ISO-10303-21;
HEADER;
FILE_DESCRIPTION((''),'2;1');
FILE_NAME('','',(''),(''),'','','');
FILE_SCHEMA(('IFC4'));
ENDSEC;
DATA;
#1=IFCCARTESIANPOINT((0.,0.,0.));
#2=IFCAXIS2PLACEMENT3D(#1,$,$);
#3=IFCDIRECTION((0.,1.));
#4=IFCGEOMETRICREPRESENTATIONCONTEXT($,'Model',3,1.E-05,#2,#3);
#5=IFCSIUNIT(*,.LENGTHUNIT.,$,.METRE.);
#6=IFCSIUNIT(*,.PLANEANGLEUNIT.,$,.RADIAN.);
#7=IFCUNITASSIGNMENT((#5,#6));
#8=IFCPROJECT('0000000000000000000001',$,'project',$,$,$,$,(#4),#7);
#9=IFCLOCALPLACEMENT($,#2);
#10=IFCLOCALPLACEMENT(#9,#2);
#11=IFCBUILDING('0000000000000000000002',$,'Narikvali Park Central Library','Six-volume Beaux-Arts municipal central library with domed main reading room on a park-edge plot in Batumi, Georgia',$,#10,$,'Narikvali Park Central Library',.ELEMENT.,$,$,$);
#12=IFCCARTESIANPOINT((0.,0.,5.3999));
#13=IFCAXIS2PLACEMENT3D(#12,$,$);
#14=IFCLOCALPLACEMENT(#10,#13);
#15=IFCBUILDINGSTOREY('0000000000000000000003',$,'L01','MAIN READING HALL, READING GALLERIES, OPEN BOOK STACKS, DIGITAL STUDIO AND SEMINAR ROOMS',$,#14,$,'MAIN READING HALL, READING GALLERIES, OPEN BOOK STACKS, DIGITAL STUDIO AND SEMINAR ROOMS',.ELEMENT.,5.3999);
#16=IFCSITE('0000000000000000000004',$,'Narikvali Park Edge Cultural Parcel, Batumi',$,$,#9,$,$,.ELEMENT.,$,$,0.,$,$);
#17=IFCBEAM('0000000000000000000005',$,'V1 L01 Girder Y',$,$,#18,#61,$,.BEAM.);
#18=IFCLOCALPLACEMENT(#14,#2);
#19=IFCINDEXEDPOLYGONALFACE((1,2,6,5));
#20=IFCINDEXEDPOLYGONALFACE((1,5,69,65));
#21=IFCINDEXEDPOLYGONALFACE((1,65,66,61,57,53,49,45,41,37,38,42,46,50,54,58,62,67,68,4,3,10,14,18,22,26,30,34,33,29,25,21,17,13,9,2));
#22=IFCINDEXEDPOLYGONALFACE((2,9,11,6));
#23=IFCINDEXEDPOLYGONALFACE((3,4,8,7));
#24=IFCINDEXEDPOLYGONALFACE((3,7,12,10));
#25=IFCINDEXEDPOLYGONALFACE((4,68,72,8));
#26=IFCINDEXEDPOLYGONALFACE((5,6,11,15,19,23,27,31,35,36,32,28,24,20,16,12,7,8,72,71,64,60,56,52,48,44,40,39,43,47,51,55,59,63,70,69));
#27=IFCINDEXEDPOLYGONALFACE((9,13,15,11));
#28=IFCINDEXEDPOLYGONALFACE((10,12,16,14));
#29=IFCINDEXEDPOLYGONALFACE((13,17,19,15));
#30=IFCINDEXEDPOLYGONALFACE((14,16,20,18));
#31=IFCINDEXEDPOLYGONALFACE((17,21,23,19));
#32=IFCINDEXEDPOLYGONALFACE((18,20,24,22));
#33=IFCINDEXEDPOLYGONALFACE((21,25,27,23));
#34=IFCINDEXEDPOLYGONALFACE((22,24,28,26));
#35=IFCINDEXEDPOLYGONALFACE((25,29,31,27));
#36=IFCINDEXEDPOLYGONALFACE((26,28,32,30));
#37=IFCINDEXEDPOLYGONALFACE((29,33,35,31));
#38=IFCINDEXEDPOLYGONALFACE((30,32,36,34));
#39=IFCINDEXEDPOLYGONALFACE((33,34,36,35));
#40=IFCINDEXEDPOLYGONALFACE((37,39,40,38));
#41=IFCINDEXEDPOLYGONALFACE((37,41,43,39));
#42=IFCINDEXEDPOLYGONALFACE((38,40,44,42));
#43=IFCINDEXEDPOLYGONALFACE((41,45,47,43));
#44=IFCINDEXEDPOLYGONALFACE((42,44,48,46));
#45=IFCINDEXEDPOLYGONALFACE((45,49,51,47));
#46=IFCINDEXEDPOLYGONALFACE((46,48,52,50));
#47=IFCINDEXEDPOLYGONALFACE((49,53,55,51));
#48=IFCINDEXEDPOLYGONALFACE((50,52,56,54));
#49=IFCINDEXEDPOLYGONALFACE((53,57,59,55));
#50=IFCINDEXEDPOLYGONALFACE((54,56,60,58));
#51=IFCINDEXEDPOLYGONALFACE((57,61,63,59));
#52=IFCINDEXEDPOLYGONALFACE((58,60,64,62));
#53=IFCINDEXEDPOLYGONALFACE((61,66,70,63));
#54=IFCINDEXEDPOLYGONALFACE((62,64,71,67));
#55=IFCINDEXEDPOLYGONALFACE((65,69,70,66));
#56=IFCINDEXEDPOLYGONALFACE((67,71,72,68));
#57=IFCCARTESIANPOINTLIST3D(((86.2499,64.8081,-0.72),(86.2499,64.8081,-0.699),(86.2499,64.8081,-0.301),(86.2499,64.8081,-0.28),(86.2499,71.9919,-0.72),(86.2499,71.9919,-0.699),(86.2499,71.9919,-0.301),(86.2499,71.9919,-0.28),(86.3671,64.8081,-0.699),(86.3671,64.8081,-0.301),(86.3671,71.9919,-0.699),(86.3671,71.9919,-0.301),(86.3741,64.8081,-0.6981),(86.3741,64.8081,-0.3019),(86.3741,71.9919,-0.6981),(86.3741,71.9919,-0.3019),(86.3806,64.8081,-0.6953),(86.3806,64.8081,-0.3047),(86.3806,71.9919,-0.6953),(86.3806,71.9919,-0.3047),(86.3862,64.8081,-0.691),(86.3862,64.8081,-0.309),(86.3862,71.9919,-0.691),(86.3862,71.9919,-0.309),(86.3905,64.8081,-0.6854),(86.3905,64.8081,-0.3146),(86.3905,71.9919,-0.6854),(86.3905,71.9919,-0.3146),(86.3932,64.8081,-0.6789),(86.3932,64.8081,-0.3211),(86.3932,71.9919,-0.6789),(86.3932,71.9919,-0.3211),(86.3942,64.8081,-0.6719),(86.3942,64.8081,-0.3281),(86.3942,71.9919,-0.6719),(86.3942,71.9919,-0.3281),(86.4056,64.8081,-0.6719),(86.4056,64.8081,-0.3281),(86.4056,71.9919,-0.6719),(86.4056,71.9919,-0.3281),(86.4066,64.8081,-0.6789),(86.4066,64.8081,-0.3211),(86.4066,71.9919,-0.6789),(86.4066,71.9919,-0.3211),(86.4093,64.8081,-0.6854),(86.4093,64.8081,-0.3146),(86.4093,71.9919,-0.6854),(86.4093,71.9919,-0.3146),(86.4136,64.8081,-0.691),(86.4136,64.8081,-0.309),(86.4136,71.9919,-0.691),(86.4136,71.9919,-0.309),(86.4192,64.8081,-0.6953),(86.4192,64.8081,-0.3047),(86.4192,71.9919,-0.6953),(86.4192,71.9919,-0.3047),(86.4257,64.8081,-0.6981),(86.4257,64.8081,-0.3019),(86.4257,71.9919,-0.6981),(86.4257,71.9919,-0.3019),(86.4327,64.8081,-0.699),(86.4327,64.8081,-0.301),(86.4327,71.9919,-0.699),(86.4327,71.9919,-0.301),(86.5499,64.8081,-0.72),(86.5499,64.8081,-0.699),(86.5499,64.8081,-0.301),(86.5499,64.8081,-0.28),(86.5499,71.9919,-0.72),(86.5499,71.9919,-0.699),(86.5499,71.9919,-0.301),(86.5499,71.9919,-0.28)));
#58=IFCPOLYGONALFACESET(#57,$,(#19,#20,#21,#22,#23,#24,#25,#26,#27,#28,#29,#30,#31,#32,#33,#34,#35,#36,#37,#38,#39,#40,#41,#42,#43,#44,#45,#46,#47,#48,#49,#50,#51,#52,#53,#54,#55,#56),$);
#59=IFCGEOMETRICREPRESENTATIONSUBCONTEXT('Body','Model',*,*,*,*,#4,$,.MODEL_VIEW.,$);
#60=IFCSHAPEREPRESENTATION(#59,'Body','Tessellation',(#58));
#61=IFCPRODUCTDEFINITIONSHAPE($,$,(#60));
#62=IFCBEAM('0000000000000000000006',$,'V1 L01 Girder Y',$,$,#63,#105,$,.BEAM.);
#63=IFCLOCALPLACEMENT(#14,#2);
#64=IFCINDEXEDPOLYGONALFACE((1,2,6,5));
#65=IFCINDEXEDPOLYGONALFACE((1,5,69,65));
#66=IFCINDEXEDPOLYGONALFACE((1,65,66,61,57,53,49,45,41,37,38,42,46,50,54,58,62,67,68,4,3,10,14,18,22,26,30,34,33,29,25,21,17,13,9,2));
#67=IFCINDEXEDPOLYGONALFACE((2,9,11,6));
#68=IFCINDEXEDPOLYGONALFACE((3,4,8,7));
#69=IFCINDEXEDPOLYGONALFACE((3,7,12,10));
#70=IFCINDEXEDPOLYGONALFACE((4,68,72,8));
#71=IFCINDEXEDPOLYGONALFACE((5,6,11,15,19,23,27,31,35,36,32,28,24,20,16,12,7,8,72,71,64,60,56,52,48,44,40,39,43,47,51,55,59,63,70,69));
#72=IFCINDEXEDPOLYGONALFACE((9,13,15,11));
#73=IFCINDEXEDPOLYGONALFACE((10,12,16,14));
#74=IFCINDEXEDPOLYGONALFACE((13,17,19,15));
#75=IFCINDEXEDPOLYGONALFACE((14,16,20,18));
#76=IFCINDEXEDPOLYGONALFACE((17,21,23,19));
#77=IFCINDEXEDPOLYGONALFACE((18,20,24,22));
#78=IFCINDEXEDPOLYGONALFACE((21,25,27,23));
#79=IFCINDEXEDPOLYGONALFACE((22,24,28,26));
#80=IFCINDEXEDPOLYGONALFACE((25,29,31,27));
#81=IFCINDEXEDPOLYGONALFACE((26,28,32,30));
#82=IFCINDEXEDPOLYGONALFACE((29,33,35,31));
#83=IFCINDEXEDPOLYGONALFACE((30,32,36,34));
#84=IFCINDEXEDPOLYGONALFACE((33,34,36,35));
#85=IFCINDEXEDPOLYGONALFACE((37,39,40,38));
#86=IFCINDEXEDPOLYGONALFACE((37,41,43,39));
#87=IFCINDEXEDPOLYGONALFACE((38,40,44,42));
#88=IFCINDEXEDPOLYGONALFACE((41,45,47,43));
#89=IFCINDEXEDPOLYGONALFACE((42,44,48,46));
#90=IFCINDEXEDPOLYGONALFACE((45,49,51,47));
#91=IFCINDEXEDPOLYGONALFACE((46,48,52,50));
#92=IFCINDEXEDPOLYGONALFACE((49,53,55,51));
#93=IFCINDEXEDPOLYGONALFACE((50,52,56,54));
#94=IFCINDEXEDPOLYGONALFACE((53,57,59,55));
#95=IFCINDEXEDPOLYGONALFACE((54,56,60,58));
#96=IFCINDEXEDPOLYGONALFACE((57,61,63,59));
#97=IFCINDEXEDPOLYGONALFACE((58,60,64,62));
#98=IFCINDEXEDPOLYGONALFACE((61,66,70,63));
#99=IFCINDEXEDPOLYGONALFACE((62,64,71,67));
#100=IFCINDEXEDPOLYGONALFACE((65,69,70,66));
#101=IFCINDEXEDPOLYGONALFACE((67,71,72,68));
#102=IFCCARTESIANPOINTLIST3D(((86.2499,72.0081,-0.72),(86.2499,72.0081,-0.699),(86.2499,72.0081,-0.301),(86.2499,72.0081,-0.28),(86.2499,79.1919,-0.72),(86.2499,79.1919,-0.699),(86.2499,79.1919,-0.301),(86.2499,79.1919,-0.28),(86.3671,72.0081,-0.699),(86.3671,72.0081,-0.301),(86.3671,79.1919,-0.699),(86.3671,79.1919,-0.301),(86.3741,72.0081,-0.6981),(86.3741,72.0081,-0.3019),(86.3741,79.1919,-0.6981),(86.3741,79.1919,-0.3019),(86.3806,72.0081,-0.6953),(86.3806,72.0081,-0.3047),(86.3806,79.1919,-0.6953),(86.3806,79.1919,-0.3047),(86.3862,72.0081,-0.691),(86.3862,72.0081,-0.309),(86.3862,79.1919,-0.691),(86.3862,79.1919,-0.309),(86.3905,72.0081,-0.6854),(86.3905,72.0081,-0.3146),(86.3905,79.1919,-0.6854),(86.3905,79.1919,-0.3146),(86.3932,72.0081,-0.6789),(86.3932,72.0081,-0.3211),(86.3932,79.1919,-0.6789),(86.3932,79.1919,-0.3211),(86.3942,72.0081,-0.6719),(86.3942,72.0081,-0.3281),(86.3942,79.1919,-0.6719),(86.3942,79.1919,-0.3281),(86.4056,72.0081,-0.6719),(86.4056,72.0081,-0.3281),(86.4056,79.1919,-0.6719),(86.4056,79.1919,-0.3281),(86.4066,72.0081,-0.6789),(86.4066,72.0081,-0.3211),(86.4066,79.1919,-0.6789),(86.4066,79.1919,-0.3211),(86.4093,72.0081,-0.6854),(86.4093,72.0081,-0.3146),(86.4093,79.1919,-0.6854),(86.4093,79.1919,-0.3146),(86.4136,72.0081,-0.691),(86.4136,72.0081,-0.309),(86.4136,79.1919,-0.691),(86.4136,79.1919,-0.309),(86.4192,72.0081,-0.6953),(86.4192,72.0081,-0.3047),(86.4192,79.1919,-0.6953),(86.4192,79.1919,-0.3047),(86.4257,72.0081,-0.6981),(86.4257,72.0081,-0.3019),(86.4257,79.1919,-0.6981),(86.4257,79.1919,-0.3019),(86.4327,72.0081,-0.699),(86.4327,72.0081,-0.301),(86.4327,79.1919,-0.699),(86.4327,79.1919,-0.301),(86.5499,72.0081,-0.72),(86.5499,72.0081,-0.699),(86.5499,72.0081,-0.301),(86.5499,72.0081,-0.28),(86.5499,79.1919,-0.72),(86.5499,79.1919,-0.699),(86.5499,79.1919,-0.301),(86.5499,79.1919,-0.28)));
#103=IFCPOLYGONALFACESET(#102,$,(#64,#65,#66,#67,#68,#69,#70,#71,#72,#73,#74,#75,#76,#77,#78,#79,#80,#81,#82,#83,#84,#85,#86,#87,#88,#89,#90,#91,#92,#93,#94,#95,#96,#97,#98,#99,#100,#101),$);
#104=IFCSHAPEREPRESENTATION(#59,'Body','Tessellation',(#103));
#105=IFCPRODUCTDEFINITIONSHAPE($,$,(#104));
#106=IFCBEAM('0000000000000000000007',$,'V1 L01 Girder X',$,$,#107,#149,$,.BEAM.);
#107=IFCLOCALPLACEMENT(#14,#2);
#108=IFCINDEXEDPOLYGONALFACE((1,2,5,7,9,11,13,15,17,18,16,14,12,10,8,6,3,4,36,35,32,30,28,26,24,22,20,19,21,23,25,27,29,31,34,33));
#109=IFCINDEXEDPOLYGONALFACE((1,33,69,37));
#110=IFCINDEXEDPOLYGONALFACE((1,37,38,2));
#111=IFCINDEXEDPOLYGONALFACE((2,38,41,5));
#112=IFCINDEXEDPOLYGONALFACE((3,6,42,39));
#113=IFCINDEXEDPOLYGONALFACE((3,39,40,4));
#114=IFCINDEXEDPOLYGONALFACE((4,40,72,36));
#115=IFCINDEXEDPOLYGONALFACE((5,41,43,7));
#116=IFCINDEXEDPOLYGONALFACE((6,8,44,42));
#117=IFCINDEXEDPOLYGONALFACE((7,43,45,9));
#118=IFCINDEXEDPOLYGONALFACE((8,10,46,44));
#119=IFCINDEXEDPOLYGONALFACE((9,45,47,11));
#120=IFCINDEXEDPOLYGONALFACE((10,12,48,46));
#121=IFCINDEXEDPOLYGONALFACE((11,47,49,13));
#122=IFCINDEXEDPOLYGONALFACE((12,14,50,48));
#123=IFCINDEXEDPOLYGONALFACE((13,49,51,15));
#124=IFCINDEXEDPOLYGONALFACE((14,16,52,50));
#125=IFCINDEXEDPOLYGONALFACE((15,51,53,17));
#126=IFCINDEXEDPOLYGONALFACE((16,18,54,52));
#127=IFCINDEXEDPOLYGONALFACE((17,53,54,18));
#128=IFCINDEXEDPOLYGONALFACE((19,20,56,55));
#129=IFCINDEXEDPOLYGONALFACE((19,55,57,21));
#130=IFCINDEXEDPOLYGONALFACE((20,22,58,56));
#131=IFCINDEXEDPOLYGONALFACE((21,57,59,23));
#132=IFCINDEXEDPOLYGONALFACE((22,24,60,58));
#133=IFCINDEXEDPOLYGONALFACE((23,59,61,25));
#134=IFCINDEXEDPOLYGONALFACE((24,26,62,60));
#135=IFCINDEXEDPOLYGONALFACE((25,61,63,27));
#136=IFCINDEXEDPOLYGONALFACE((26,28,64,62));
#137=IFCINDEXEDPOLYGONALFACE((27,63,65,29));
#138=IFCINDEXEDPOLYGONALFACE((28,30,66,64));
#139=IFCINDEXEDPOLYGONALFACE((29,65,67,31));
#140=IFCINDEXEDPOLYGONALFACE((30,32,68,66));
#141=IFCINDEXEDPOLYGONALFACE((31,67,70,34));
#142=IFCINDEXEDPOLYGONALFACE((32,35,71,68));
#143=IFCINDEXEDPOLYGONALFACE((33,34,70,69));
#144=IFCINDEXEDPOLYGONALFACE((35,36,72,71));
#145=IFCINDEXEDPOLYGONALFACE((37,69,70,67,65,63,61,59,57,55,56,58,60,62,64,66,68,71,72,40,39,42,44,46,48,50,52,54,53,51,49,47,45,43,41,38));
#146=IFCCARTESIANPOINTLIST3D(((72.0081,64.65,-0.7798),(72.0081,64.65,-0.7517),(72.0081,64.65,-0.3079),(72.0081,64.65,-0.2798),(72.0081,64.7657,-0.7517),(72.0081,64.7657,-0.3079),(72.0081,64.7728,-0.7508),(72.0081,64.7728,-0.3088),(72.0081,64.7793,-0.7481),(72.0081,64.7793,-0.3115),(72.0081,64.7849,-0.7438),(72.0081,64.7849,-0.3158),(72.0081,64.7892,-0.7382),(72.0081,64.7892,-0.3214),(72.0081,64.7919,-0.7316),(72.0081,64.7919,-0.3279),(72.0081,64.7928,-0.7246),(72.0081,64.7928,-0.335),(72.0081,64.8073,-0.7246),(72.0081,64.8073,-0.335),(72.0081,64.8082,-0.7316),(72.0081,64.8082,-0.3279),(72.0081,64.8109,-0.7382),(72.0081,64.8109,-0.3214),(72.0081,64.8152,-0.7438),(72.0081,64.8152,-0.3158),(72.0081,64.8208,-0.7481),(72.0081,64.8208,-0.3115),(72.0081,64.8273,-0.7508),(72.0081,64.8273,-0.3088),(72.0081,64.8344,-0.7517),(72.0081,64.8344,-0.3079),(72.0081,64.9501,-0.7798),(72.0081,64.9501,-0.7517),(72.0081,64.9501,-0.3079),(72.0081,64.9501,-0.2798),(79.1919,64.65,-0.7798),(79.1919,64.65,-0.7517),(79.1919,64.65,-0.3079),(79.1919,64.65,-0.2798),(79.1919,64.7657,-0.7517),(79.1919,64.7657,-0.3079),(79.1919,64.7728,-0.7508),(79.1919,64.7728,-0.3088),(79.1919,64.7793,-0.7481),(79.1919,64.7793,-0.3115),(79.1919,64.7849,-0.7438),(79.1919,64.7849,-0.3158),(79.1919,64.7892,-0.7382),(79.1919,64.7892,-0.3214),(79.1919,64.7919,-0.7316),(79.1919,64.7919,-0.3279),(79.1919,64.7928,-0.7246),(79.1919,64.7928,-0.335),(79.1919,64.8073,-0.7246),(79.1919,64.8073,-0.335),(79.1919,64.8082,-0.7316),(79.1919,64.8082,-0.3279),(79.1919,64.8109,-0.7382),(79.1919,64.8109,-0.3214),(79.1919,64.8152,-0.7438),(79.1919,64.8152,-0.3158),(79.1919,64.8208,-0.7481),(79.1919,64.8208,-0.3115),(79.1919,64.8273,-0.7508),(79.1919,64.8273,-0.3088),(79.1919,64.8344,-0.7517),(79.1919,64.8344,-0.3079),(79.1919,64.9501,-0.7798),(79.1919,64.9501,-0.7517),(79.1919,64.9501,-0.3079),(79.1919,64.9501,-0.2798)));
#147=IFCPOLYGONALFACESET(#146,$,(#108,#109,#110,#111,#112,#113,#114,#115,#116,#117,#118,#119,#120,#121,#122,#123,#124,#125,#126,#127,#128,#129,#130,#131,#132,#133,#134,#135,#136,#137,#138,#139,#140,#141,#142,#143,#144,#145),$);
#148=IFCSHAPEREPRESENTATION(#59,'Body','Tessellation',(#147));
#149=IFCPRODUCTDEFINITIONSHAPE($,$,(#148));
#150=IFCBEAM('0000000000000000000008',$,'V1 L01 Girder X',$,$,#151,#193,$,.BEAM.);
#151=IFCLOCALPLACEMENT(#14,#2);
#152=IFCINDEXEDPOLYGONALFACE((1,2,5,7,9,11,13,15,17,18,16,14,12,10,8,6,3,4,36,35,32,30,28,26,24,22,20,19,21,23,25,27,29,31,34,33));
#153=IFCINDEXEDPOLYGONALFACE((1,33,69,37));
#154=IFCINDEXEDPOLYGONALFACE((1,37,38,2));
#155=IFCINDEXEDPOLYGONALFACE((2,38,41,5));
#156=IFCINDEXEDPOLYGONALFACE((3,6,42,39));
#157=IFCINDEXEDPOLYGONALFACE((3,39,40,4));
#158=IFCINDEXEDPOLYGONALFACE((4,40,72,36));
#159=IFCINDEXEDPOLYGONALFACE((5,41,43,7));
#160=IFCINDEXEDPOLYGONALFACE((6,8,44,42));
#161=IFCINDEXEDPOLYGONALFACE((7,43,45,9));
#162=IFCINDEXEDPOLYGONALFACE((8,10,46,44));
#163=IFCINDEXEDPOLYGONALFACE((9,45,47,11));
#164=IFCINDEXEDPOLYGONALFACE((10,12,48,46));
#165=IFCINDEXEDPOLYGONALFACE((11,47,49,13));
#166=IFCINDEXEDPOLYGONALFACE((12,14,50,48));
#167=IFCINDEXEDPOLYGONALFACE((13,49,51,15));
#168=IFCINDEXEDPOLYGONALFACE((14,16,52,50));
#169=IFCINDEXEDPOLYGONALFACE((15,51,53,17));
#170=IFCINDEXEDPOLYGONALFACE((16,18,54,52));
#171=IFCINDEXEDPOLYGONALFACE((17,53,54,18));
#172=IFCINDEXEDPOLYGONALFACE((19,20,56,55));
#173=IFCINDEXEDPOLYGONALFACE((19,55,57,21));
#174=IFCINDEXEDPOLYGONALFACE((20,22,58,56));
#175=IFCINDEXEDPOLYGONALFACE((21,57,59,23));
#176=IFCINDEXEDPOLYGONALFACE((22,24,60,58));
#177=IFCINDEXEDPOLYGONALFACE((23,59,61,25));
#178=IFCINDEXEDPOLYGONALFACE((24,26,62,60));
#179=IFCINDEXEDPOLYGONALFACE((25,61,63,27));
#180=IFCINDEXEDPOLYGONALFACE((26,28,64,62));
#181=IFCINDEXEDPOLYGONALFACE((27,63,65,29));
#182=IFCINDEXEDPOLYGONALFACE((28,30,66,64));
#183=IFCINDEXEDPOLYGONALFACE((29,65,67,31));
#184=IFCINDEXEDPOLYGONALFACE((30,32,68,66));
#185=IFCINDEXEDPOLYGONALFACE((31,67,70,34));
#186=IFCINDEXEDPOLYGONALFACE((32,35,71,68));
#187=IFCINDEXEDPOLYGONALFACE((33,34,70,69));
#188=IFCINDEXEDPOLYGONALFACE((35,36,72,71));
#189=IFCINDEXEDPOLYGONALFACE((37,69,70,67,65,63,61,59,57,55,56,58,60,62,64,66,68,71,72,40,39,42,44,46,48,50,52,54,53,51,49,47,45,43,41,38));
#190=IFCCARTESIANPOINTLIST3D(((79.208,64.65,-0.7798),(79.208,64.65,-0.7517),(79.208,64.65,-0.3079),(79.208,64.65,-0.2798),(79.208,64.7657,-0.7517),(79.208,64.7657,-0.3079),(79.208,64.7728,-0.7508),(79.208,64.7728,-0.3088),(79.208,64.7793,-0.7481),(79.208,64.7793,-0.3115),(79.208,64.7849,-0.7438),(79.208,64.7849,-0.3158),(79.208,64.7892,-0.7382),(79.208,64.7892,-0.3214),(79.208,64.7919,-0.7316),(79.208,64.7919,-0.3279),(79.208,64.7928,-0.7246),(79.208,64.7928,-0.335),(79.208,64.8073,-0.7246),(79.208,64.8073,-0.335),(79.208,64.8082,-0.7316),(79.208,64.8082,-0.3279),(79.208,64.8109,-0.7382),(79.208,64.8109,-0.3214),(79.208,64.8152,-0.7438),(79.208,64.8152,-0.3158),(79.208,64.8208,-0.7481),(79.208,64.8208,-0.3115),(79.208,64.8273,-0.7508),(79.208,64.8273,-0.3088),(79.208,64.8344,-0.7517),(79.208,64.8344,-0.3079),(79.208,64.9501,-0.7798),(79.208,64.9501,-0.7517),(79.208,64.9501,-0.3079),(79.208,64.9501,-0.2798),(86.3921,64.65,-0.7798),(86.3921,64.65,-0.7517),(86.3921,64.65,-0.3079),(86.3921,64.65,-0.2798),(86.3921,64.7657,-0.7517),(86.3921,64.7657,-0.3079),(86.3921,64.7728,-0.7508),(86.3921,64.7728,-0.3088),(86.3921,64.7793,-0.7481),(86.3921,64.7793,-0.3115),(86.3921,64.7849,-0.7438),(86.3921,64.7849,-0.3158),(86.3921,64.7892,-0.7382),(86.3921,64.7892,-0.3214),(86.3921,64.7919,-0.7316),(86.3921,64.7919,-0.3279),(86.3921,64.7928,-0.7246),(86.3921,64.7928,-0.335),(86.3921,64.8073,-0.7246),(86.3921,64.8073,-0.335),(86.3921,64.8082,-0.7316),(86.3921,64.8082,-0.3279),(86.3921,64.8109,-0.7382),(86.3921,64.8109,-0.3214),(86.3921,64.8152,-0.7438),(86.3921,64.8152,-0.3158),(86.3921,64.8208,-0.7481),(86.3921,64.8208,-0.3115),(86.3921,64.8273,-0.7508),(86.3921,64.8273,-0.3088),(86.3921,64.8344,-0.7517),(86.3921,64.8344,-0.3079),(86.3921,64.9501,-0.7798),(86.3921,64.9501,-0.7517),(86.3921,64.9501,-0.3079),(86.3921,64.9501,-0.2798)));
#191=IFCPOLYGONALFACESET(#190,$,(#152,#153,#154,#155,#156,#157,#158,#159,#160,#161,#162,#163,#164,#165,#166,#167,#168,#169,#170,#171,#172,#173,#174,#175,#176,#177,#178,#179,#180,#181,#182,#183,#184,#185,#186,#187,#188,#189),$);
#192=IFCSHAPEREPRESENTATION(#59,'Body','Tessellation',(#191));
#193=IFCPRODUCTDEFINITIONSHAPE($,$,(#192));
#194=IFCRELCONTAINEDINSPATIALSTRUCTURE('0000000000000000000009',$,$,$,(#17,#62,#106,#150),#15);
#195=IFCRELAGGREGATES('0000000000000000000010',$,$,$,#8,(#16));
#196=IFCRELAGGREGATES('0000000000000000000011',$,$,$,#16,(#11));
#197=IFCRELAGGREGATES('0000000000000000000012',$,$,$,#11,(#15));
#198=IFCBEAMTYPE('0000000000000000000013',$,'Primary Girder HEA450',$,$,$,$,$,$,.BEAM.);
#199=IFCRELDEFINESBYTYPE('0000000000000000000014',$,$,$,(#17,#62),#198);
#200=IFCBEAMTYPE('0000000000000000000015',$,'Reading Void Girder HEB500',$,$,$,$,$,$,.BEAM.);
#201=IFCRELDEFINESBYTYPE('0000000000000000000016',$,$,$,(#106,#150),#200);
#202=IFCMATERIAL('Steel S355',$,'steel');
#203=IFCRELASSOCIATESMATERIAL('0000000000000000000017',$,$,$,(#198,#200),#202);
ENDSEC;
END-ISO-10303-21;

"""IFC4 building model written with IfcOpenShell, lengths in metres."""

from ifc_helpers import new_model, si_unit, direction, frame, origin, origin_2d, place, context, subcontext, project, spatial, i_section, extrude, material, material_profile, profile_set, type_object, element, save


model = new_model("IFC4")

# Units and contexts
model_context = context("Model", 3, precision=1e-05, world=origin(), true_north=direction((0.0, 1.0)))
body_context = subcontext(model_context, "Body", "Model", "MODEL_VIEW")
ifc_project = project(units=[si_unit("LENGTHUNIT", "METRE"), si_unit("PLANEANGLEUNIT", "RADIAN")], contexts=[model_context])

# Site, building, storey
site_placement = place(None, origin())
site = spatial("IfcSite", under=ifc_project, at=site_placement, Name="Narikvali Park Edge Cultural Parcel, Batumi", CompositionType="ELEMENT", RefElevation=0.0)
building_placement = place(site_placement, origin())
building = spatial("IfcBuilding", under=site, at=building_placement, Name="Narikvali Park Central Library", Description="Six-volume Beaux-Arts municipal central library with domed main reading room on a park-edge plot in Batumi, Georgia", LongName="Narikvali Park Central Library", CompositionType="ELEMENT")
storey_placement = place(building_placement, frame((0.0, 0.0, 5.3999)))
storey = spatial("IfcBuildingStorey", under=building, at=storey_placement, Name="L01", Description="MAIN READING HALL, READING GALLERIES, OPEN BOOK STACKS, DIGITAL STUDIO AND SEMINAR ROOMS", LongName="MAIN READING HALL, READING GALLERIES, OPEN BOOK STACKS, DIGITAL STUDIO AND SEMINAR ROOMS", CompositionType="ELEMENT", Elevation=5.3999)

# Shared definitions
ifc_material_1 = material(Name="Steel S355", Category="steel")

# Beams
ifc_material_profile_1 = material_profile(ifc_material_1, i_section(OverallWidth=0.3, OverallDepth=0.4399, WebThickness=0.0115, FlangeThickness=0.021, FilletRadius=0.0271, at=origin_2d()), Name="HEA 450")
ifc_profile_set_1 = profile_set([ifc_material_profile_1], Name="Steel S355")
beam_type_1 = type_object("IfcBeamType", Name="Primary Girder HEA450", PredefinedType="BEAM", material=ifc_profile_set_1)
for number, where, z_axis, x_axis, name in (
    (1, (86.3999, 64.8081, -0.5), (0.0, 1.0, 0.0), (-1.0, 0.0, 0.0), "V1 L01 Girder Y"),
    (2, (86.3999, 72.0081, -0.5), (0.0, 1.0, 0.0), (-1.0, 0.0, 0.0), "V1 L01 Girder Y"),
):
    element("IfcBeam", number, at=place(storey_placement, frame(where, z_axis=z_axis, x_axis=x_axis)), inside=storey, type_object=beam_type_1, Name=name, PredefinedType="BEAM", context=body_context, shape_type="SweptSolid", body=[
        extrude(i_section(OverallWidth=0.3, OverallDepth=0.4399, WebThickness=0.0115, FlangeThickness=0.021, FilletRadius=0.0271, at=origin_2d()), origin(), (0.0, 0.0, 1.0), 7.1838),
    ])
ifc_material_profile_2 = material_profile(ifc_material_1, i_section(OverallWidth=0.3, OverallDepth=0.5, WebThickness=0.0144, FlangeThickness=0.0281, FilletRadius=0.0271, at=origin_2d()), Name="HEB 500")
ifc_profile_set_2 = profile_set([ifc_material_profile_2], Name="Steel S355")
beam_type_2 = type_object("IfcBeamType", Name="Reading Void Girder HEB500", PredefinedType="BEAM", material=ifc_profile_set_2)
beam_1_placement = place(storey_placement, frame((72.0081, 64.8, -0.5298), z_axis=(1.0, 0.0, 0.0), x_axis=(0.0, 1.0, 0.0)))
element("IfcBeam", 3, at=beam_1_placement, inside=storey, type_object=beam_type_2, Name="V1 L01 Girder X", PredefinedType="BEAM", context=body_context, shape_type="SweptSolid", body=[
    extrude(i_section(OverallWidth=0.3, OverallDepth=0.5, WebThickness=0.0144, FlangeThickness=0.0281, FilletRadius=0.0271, at=origin_2d()), origin(), (0.0, 0.0, 1.0), 7.1838),
])
for number, where, z_axis, x_axis, name in (
    (4, (79.208, 64.8, -0.5298), (1.0, 0.0, 0.0), (0.0, 1.0, 0.0), "V1 L01 Girder X"),
):
    element("IfcBeam", number, at=place(storey_placement, frame(where, z_axis=z_axis, x_axis=x_axis)), inside=storey, type_object=beam_type_2, Name=name, PredefinedType="BEAM", context=body_context, shape_type="SweptSolid", body=[
        extrude(i_section(OverallWidth=0.3, OverallDepth=0.5, WebThickness=0.0144, FlangeThickness=0.0281, FilletRadius=0.0271, at=origin_2d()), origin(), (0.0, 0.0, 1.0), 7.1841),
    ])

save(model, "model.ifc")
